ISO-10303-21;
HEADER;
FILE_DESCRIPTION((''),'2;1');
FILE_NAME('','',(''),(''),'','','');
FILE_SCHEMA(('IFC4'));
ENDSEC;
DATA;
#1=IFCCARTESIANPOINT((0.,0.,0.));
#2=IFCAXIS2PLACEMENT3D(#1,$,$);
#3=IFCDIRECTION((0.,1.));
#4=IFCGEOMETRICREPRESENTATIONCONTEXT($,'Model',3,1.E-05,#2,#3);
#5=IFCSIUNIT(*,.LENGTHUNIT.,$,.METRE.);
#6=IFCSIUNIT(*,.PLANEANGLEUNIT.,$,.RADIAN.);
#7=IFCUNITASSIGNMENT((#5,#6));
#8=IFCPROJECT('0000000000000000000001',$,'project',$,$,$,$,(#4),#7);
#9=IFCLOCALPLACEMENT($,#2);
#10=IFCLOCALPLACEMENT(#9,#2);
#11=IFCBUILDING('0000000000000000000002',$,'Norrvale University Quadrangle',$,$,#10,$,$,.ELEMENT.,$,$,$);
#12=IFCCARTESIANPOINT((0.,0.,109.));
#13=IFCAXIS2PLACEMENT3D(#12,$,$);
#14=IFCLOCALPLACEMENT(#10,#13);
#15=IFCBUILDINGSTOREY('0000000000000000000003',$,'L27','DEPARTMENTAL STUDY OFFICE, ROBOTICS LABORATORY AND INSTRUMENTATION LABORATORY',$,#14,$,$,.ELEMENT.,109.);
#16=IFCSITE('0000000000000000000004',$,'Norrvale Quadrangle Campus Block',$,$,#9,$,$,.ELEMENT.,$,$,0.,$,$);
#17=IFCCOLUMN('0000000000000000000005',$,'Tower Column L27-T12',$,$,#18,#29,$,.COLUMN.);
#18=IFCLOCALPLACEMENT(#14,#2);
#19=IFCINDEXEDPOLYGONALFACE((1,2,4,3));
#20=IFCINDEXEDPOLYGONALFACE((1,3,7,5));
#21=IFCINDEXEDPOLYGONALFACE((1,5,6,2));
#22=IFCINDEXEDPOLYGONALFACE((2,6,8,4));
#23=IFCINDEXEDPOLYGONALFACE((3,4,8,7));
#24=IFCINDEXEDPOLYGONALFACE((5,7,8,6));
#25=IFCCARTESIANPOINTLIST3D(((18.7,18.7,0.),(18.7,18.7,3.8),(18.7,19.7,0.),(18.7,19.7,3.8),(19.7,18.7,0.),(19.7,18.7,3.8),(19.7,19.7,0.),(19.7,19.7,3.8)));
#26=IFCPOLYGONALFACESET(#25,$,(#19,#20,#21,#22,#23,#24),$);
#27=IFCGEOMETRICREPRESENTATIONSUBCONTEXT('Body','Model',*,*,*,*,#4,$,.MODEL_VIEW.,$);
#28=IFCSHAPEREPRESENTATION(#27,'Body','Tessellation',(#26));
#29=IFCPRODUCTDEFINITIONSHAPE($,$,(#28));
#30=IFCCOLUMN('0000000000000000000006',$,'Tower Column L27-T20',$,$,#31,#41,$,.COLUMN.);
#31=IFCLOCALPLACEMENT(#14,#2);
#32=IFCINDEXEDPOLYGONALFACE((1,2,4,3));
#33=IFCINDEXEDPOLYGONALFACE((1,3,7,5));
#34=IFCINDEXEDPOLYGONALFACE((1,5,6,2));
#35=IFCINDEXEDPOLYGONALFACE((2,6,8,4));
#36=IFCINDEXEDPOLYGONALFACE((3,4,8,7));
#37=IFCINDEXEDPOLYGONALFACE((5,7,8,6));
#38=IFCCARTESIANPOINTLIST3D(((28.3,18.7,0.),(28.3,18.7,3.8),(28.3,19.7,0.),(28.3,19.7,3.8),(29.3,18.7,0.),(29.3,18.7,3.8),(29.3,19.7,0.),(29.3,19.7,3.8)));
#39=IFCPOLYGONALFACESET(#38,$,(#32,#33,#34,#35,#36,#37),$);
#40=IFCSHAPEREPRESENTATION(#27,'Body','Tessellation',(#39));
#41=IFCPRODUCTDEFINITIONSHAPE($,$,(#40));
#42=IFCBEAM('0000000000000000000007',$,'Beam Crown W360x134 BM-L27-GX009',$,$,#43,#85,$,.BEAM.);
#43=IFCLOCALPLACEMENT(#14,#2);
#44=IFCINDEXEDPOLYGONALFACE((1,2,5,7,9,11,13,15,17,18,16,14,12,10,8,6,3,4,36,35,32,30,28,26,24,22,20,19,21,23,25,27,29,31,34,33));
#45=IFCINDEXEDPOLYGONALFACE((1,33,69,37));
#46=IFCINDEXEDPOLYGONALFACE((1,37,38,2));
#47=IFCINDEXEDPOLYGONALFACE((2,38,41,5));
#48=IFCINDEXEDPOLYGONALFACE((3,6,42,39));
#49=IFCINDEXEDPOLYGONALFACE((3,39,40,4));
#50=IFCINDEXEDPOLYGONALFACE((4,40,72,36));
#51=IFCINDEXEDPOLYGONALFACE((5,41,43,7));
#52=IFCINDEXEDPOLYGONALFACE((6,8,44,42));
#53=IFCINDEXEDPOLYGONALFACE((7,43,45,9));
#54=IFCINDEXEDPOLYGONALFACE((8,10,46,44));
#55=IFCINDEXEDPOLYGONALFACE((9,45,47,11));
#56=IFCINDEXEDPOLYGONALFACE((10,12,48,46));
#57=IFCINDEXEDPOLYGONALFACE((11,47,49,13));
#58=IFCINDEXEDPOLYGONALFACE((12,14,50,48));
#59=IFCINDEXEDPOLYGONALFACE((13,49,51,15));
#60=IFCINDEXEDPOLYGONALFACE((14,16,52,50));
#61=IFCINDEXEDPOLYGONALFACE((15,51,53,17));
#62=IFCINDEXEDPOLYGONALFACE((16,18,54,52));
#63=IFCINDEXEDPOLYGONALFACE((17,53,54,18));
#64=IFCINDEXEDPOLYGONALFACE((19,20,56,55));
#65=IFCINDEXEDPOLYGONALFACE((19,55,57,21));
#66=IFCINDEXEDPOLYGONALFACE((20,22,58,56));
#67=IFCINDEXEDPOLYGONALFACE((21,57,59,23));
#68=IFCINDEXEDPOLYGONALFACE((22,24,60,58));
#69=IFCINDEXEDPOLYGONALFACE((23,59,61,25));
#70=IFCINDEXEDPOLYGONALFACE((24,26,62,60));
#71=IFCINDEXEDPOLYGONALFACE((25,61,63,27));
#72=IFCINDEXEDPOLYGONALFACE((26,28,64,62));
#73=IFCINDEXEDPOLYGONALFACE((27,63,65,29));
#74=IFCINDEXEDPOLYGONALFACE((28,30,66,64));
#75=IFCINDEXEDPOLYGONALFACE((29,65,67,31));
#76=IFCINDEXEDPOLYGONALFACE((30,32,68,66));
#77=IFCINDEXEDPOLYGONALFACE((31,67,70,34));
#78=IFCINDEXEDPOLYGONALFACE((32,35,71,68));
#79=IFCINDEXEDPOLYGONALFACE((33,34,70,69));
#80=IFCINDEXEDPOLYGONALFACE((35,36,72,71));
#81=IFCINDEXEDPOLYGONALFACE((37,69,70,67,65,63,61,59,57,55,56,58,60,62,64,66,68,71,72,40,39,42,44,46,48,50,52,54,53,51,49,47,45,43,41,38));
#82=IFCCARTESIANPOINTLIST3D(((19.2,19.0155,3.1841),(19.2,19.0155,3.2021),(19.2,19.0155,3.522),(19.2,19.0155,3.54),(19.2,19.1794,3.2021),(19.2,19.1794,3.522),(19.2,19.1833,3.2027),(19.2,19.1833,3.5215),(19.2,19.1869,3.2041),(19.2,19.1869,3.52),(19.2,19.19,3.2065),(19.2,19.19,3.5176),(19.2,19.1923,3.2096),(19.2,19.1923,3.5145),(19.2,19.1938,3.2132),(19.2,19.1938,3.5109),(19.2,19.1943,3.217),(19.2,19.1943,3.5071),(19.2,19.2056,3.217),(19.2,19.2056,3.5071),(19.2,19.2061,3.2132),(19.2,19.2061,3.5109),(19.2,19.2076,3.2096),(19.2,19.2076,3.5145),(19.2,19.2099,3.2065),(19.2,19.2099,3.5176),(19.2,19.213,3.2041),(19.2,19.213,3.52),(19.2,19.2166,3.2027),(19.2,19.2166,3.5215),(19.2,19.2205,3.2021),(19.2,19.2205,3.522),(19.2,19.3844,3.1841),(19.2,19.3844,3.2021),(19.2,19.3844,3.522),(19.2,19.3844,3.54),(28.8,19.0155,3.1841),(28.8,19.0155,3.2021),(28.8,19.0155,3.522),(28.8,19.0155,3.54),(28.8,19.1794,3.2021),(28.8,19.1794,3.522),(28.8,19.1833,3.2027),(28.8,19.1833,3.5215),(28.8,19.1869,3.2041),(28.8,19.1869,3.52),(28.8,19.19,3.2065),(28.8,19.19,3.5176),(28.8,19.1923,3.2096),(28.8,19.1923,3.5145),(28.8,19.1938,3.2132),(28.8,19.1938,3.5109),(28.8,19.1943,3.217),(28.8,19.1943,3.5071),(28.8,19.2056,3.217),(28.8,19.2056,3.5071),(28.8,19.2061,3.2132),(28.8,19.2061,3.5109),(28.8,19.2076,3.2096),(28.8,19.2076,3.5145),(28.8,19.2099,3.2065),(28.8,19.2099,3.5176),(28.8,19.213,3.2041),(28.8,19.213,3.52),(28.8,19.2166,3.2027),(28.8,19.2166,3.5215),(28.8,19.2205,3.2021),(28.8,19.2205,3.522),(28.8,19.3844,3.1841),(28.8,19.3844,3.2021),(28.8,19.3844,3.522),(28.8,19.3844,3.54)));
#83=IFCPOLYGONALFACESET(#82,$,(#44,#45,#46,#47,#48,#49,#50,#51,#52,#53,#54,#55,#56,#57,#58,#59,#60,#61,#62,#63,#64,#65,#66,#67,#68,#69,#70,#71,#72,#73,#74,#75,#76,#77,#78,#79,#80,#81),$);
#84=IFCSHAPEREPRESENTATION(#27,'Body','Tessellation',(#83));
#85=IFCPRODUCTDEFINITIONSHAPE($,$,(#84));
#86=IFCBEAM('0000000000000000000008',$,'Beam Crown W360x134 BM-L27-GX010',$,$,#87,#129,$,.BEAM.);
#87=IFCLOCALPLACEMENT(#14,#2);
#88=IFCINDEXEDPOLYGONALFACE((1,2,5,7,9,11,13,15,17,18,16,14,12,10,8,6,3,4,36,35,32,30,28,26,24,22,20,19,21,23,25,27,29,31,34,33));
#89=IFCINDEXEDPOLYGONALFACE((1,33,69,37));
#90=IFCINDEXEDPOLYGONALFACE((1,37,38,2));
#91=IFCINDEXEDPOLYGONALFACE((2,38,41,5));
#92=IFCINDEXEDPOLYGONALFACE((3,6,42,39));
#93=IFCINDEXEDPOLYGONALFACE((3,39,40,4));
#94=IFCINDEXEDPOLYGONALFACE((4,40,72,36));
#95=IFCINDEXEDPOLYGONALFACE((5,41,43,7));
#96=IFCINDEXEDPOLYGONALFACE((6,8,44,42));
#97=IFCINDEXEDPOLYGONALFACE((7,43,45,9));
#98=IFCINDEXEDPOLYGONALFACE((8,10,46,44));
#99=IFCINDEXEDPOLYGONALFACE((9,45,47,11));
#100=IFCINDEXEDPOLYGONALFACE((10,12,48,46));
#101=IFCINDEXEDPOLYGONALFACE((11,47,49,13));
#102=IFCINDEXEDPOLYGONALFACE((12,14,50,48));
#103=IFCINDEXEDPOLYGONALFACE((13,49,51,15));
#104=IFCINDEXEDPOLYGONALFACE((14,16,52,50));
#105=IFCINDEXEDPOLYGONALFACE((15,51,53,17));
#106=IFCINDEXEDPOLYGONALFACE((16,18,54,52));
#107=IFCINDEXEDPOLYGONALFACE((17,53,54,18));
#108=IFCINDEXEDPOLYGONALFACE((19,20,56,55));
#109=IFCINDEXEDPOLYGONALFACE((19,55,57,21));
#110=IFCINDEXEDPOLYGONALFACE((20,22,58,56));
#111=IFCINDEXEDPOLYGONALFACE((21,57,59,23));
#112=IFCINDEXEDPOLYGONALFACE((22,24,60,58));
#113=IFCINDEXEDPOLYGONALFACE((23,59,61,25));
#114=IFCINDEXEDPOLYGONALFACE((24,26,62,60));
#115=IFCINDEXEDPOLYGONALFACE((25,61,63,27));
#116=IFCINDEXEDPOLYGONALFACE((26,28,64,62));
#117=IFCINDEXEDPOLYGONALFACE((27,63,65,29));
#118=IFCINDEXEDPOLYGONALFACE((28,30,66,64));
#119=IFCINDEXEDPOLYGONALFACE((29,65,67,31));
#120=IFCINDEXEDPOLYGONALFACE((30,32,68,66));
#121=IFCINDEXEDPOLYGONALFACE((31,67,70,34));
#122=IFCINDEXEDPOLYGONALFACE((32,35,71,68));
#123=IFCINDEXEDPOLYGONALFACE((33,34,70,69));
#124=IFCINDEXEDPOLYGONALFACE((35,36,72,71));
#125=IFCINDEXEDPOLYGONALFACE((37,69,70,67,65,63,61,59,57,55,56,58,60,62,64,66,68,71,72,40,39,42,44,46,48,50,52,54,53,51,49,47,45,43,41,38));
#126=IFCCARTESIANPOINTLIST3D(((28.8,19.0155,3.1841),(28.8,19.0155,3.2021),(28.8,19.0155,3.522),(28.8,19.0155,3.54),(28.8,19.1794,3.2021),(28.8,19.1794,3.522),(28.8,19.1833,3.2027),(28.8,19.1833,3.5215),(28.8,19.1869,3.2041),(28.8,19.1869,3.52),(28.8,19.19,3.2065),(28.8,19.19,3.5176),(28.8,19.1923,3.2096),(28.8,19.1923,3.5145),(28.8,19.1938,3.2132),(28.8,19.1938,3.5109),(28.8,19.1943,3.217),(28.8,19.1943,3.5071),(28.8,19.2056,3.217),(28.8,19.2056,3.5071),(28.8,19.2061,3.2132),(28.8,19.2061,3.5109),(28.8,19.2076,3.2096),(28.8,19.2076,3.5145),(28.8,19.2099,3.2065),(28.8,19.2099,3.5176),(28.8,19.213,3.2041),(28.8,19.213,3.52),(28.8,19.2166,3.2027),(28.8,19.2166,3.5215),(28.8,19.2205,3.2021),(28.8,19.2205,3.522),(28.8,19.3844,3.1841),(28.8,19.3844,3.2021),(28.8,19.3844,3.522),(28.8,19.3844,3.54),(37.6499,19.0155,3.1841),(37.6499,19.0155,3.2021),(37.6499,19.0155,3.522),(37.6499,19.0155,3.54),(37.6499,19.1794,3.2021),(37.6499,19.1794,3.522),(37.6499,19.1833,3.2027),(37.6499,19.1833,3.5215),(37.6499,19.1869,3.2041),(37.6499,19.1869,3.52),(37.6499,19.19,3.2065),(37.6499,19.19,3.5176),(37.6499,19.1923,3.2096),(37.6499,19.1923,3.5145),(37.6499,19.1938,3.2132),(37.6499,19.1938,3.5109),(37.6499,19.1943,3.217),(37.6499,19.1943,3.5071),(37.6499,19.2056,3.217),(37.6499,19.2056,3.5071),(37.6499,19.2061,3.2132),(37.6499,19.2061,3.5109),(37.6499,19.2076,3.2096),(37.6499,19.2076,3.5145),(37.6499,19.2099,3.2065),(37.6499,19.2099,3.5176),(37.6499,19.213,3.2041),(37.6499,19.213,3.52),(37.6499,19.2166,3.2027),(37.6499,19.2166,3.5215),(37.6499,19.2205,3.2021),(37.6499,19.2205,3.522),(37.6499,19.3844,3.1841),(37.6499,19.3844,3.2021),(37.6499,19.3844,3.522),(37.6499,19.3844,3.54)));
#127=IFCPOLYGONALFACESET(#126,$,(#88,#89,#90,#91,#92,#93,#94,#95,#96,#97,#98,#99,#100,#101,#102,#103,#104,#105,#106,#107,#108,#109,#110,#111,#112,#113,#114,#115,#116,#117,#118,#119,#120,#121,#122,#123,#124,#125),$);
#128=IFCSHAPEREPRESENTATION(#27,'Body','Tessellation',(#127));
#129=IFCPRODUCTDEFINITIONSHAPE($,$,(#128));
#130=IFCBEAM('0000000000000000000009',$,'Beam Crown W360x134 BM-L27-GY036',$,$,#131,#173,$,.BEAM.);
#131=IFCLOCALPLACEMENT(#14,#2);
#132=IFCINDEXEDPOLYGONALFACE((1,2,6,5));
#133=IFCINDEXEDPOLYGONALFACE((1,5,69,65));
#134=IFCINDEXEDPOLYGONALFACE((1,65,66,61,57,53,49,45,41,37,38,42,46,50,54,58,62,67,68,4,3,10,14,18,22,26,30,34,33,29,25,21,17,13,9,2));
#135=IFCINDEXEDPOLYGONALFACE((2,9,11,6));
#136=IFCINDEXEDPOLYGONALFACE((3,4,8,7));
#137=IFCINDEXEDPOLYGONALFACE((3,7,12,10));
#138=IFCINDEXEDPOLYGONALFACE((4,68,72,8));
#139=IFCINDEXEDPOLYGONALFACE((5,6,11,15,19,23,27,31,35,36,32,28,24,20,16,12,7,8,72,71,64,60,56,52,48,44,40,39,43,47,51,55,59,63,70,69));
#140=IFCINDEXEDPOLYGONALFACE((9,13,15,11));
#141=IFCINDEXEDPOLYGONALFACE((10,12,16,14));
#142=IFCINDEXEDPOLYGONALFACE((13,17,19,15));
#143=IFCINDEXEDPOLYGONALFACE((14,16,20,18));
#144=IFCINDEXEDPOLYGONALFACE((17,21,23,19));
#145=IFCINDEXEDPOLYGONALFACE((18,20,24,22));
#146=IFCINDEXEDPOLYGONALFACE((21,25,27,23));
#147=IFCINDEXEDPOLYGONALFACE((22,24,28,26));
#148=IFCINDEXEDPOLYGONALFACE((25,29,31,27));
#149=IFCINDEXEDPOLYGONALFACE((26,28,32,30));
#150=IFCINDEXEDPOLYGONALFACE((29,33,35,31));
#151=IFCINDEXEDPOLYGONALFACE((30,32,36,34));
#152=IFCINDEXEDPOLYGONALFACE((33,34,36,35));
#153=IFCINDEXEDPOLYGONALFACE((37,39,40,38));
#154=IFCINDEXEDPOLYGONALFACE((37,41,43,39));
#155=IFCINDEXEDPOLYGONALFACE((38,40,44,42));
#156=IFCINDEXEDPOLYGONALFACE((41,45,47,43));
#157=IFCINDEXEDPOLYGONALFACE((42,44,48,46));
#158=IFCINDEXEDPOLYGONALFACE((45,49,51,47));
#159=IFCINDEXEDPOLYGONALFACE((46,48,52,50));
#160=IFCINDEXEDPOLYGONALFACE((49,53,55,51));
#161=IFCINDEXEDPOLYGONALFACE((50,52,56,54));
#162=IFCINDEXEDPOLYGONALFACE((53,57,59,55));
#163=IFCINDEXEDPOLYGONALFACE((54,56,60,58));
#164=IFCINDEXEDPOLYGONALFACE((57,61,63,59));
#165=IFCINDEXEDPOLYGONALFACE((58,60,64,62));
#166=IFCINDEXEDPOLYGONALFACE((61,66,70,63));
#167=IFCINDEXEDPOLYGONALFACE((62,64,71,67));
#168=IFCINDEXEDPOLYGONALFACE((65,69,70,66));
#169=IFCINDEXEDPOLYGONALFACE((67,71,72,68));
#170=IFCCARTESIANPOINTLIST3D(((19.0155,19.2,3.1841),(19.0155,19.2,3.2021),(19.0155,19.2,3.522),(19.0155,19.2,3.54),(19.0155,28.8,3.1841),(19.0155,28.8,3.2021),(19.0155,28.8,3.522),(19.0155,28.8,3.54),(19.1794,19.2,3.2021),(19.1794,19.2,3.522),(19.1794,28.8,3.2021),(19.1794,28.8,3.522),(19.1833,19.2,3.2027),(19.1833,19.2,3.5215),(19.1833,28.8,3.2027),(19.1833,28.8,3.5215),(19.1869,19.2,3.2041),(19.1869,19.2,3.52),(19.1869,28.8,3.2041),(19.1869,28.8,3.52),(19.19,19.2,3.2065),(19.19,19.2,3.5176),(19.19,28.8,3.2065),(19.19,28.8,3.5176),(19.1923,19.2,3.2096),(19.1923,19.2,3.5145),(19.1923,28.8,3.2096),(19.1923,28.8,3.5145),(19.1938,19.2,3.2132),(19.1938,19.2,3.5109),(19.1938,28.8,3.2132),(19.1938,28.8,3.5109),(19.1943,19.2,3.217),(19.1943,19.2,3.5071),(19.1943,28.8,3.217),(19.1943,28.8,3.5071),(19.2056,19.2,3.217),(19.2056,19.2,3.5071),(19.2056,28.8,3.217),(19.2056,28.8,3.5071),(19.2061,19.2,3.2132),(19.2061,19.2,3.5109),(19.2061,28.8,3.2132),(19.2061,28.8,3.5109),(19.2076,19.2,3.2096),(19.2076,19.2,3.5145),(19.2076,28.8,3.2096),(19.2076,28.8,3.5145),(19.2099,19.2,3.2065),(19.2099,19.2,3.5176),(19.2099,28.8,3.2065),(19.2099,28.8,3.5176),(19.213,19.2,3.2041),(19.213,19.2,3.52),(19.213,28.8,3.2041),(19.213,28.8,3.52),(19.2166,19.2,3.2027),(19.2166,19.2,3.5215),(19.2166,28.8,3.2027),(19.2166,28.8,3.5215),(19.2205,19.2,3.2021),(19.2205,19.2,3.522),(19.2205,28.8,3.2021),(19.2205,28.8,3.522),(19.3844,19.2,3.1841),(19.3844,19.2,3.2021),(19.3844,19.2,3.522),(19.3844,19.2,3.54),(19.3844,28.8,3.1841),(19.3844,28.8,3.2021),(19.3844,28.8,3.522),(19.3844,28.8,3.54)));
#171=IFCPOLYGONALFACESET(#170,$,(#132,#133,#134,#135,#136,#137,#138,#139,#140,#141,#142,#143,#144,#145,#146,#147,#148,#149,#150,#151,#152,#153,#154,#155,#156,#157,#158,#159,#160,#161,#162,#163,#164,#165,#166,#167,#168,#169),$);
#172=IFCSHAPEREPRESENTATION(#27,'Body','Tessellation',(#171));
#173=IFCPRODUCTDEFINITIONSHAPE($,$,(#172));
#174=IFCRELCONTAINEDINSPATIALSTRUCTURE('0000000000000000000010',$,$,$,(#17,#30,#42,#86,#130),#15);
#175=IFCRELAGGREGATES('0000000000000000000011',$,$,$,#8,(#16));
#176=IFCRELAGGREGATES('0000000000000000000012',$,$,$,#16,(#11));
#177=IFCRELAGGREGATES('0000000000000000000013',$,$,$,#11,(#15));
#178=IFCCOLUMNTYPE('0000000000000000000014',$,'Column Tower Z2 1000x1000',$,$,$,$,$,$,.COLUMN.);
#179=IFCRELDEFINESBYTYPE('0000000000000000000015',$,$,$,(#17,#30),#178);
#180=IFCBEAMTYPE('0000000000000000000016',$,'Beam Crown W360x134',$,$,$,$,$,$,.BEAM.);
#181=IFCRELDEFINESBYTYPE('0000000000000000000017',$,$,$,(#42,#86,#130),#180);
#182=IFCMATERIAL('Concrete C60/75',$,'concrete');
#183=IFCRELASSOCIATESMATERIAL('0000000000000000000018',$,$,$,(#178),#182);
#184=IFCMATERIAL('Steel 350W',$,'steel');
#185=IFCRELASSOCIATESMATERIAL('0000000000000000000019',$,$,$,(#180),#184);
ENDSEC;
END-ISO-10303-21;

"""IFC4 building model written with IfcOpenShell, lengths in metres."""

from ifc_helpers import new_model, si_unit, direction, frame, origin, origin_2d, place, context, subcontext, project, spatial, rectangle, i_section, extrude, material, material_profile, profile_set, type_object, element, save


model = new_model("IFC4")

# Units and contexts
model_context = context("Model", 3, precision=1e-05, world=origin(), true_north=direction((0.0, 1.0)))
body_context = subcontext(model_context, "Body", "Model", "MODEL_VIEW")
ifc_project = project(units=[si_unit("LENGTHUNIT", "METRE"), si_unit("PLANEANGLEUNIT", "RADIAN")], contexts=[model_context])

# Site, building, storey
site_placement = place(None, origin())
site = spatial("IfcSite", under=ifc_project, at=site_placement, Name="Norrvale Quadrangle Campus Block", CompositionType="ELEMENT", RefElevation=0.0)
building_placement = place(site_placement, origin())
building = spatial("IfcBuilding", under=site, at=building_placement, Name="Norrvale University Quadrangle", CompositionType="ELEMENT")
storey_placement = place(building_placement, frame((0.0, 0.0, 109.0)))
storey = spatial("IfcBuildingStorey", under=building, at=storey_placement, Name="L27", Description="DEPARTMENTAL STUDY OFFICE, ROBOTICS LABORATORY AND INSTRUMENTATION LABORATORY", CompositionType="ELEMENT", Elevation=109.0)

# Columns
ifc_material_1 = material(Name="Concrete C60/75", Category="concrete")
ifc_material_profile_1 = material_profile(ifc_material_1, rectangle(XDim=1.0, YDim=1.0, at=origin_2d()), Name="Concrete C60/75")
ifc_profile_set_1 = profile_set([ifc_material_profile_1], Name="Concrete C60/75")
column_type = type_object("IfcColumnType", Name="Column Tower Z2 1000x1000", PredefinedType="COLUMN", material=ifc_profile_set_1)
for number, where, z_axis, x_axis, name in (
    (1, (19.2, 19.2, 0.0), (0.0, 0.0, 1.0), (1.0, 0.0, 0.0), "Tower Column L27-T12"),
    (2, (28.8, 19.2, 0.0), (0.0, 0.0, 1.0), (1.0, 0.0, 0.0), "Tower Column L27-T20"),
):
    element("IfcColumn", number, at=place(storey_placement, frame(where, z_axis=z_axis, x_axis=x_axis)), inside=storey, type_object=column_type, Name=name, PredefinedType="COLUMN", context=body_context, shape_type="SweptSolid", body=[
        extrude(rectangle(XDim=1.0, YDim=1.0, at=origin_2d()), origin(), (0.0, 0.0, 1.0), 3.8),
    ])

# Beams
ifc_material_2 = material(Name="Steel 350W", Category="steel")
ifc_material_profile_2 = material_profile(ifc_material_2, i_section(OverallWidth=0.3689, OverallDepth=0.356, WebThickness=0.0112, FlangeThickness=0.0181, FilletRadius=0.0149, at=origin_2d()), Name="Steel 350W")
ifc_profile_set_2 = profile_set([ifc_material_profile_2], Name="Steel 350W")
beam_type_1 = type_object("IfcBeamType", Name="Beam Crown W360x134", PredefinedType="BEAM", material=ifc_profile_set_2)
beam_1_placement = place(storey_placement, frame((19.2, 19.2, 3.3621), z_axis=(1.0, 0.0, 0.0), x_axis=(0.0, 1.0, 0.0)))
element("IfcBeam", 3, at=beam_1_placement, inside=storey, type_object=beam_type_1, Name="Beam Crown W360x134 BM-L27-GX009", PredefinedType="BEAM", context=body_context, shape_type="SweptSolid", body=[
    extrude(i_section(OverallWidth=0.3689, OverallDepth=0.356, WebThickness=0.0112, FlangeThickness=0.0181, FilletRadius=0.0149, at=origin_2d()), origin(), (0.0, 0.0, 1.0), 9.6001),
])
beam_2_placement = place(storey_placement, frame((28.8, 19.2, 3.3621), z_axis=(1.0, 0.0, 0.0), x_axis=(0.0, 1.0, 0.0)))
element("IfcBeam", 4, at=beam_2_placement, inside=storey, type_object=beam_type_1, Name="Beam Crown W360x134 BM-L27-GX010", PredefinedType="BEAM", context=body_context, shape_type="SweptSolid", body=[
    extrude(i_section(OverallWidth=0.3689, OverallDepth=0.356, WebThickness=0.0112, FlangeThickness=0.0181, FilletRadius=0.0149, at=origin_2d()), origin(), (0.0, 0.0, 1.0), 8.8499),
])
for number, where, z_axis, x_axis, name in (
    (5, (19.2, 19.2, 3.3621), (0.0, 1.0, 0.0), (-1.0, 0.0, 0.0), "Beam Crown W360x134 BM-L27-GY036"),
):
    element("IfcBeam", number, at=place(storey_placement, frame(where, z_axis=z_axis, x_axis=x_axis)), inside=storey, type_object=beam_type_1, Name=name, PredefinedType="BEAM", context=body_context, shape_type="SweptSolid", body=[
        extrude(i_section(OverallWidth=0.3689, OverallDepth=0.356, WebThickness=0.0112, FlangeThickness=0.0181, FilletRadius=0.0149, at=origin_2d()), origin(), (0.0, 0.0, 1.0), 9.6001),
    ])

save(model, "model.ifc")
